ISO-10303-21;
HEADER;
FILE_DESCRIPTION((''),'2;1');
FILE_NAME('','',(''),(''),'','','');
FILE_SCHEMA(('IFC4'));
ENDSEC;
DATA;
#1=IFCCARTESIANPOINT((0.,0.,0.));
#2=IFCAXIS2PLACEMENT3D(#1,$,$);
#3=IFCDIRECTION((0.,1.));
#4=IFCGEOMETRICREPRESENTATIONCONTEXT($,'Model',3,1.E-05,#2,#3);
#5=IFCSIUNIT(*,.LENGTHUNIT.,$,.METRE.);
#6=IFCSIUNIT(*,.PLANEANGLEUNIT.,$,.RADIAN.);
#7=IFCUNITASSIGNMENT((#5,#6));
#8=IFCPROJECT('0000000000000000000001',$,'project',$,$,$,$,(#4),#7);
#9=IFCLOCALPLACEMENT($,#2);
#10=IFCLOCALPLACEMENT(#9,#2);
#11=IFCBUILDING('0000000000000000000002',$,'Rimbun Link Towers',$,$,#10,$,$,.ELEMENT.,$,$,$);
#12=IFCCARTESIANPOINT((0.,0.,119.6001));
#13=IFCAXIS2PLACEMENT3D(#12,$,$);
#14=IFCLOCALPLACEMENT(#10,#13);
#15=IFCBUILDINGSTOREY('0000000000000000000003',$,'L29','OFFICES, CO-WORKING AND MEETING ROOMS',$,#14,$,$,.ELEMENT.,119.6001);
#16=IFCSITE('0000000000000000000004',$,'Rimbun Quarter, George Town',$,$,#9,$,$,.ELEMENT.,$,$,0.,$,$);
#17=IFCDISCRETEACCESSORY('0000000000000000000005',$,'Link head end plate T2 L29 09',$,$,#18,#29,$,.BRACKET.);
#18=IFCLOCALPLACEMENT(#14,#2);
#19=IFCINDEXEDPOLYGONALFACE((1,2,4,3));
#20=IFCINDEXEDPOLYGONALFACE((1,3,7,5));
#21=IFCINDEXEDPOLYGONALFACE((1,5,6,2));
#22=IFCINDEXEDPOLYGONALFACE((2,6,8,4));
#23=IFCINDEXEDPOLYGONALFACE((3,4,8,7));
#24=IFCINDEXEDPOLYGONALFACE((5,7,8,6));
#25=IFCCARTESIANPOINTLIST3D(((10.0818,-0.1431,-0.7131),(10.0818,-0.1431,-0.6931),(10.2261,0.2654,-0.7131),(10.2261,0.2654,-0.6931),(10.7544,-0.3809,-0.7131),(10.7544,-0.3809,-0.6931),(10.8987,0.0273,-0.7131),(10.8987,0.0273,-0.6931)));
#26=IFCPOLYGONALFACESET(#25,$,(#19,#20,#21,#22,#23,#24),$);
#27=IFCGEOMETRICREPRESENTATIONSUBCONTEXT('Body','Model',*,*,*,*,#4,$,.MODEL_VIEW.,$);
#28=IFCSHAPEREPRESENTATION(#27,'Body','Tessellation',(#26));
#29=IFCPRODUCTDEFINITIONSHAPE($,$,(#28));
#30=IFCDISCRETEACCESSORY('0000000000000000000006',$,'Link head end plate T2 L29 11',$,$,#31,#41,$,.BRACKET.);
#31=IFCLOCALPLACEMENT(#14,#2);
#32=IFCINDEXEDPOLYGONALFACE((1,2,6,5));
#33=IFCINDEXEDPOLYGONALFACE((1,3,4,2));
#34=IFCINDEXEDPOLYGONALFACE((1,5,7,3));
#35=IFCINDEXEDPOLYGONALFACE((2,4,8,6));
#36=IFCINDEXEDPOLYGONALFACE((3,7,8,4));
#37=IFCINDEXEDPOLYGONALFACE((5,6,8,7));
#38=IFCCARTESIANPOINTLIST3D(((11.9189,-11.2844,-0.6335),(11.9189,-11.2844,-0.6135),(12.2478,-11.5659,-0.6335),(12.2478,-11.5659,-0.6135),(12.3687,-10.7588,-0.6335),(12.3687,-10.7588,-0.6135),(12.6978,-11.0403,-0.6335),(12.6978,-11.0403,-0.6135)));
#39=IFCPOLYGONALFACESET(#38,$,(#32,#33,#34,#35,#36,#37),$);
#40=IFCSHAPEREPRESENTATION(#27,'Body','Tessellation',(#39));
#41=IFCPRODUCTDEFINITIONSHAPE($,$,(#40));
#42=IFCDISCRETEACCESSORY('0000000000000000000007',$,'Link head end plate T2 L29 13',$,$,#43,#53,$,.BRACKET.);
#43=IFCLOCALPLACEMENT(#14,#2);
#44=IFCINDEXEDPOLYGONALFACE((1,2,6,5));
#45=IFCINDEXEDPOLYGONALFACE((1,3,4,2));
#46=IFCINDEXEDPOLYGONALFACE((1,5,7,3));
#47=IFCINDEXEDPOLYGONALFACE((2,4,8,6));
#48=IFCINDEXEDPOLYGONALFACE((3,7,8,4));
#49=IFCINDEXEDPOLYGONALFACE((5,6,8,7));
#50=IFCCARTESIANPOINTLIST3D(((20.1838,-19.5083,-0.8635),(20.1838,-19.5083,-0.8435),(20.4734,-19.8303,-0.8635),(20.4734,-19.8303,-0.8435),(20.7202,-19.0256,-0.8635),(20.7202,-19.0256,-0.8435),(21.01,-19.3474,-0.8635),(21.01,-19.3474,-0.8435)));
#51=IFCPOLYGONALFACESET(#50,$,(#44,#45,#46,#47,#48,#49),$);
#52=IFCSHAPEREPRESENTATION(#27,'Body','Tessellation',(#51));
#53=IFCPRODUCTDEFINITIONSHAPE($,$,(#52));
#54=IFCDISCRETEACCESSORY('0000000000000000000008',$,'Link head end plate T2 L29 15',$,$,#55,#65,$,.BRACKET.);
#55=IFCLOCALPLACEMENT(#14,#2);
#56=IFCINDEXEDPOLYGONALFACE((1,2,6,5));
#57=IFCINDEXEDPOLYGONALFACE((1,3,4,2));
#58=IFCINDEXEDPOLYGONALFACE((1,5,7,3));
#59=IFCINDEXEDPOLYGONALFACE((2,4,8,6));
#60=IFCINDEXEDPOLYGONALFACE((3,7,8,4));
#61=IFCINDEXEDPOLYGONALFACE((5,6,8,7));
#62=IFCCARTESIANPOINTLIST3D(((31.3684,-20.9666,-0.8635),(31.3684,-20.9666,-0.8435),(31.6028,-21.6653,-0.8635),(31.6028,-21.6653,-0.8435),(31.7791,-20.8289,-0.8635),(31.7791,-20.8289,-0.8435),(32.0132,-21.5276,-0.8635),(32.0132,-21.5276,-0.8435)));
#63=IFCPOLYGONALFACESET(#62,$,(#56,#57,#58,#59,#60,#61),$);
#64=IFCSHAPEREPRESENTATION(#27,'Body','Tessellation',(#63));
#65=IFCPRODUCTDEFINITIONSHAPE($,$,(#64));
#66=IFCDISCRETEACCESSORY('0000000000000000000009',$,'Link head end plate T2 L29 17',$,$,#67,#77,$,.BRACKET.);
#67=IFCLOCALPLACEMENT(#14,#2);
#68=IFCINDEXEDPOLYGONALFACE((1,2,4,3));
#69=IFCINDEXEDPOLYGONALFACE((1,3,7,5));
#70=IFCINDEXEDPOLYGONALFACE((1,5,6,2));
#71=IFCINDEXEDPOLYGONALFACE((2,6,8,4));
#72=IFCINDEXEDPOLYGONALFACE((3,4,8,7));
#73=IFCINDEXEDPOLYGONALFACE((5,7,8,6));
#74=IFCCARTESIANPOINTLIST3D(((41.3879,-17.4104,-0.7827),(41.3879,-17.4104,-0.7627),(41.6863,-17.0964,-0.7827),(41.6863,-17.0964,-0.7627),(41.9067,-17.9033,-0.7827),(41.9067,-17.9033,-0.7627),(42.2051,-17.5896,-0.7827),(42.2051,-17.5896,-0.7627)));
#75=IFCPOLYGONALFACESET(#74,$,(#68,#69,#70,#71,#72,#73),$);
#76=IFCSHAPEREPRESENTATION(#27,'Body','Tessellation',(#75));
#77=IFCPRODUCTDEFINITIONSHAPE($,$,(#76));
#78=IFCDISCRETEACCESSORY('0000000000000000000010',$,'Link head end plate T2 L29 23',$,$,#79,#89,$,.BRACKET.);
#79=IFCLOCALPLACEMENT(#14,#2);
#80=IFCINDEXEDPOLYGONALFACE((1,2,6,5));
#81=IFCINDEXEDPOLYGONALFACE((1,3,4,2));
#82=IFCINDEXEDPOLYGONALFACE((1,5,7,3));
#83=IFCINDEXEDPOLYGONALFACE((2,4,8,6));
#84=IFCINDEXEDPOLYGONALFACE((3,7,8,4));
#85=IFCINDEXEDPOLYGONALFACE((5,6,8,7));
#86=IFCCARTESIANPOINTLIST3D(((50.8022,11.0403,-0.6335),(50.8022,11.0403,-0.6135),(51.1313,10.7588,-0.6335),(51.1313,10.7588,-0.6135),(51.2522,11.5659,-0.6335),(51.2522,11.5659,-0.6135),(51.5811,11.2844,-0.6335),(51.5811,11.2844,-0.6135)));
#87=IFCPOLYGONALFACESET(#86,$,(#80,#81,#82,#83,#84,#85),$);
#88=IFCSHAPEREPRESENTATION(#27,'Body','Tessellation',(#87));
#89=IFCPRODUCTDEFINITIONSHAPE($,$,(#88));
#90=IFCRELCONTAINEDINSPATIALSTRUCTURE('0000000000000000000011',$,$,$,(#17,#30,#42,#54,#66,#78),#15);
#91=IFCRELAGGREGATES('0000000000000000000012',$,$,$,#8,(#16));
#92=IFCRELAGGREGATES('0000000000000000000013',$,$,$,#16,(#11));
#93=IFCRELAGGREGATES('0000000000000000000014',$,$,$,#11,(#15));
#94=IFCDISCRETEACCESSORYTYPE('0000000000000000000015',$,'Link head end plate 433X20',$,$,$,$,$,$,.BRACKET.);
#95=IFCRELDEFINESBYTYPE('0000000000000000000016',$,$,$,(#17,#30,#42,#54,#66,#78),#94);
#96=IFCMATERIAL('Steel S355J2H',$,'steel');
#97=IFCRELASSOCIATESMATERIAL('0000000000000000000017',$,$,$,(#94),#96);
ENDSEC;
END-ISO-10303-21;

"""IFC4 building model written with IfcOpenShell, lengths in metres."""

from ifc_helpers import new_model, si_unit, direction, frame, origin, origin_2d, place, context, subcontext, project, spatial, polyline, rectangle, outline, extrude, material, material_profile, profile_set, type_object, element, save


model = new_model("IFC4")

# Units and contexts
model_context = context("Model", 3, precision=1e-05, world=origin(), true_north=direction((0.0, 1.0)))
body_context = subcontext(model_context, "Body", "Model", "MODEL_VIEW")
ifc_project = project(units=[si_unit("LENGTHUNIT", "METRE"), si_unit("PLANEANGLEUNIT", "RADIAN")], contexts=[model_context])

# Site, building, storey
site_placement = place(None, origin())
site = spatial("IfcSite", under=ifc_project, at=site_placement, Name="Rimbun Quarter, George Town", CompositionType="ELEMENT", RefElevation=0.0)
building_placement = place(site_placement, origin())
building = spatial("IfcBuilding", under=site, at=building_placement, Name="Rimbun Link Towers", CompositionType="ELEMENT")
storey_placement = place(building_placement, frame((0.0, 0.0, 119.6001)))
storey = spatial("IfcBuildingStorey", under=building, at=storey_placement, Name="L29", Description="OFFICES, CO-WORKING AND MEETING ROOMS", CompositionType="ELEMENT", Elevation=119.6001)

# Discrete accessories
ifc_material_1 = material(Name="Steel S355J2H", Category="steel")
ifc_material_profile_1 = material_profile(ifc_material_1, rectangle(XDim=0.4331, YDim=0.4331, at=origin_2d()), Name="PL 433x433")
ifc_profile_set_1 = profile_set([ifc_material_profile_1], Name="Steel S355J2H")
discrete_accessory_type_1 = type_object("IfcDiscreteAccessoryType", Name="Link head end plate 433X20", PredefinedType="BRACKET", material=ifc_profile_set_1)
discrete_accessory_1_placement = place(storey_placement, frame((0.0, 0.0, -0.7131)))
element("IfcDiscreteAccessory", 1, at=discrete_accessory_1_placement, inside=storey, type_object=discrete_accessory_type_1, Name="Link head end plate T2 L29 09", PredefinedType="BRACKET", context=body_context, shape_type="SweptSolid", body=[
    extrude(outline(polyline([(10.8987, 0.0273), (10.2261, 0.2654), (10.0818, -0.1431), (10.7544, -0.3809), (10.8987, 0.0273)])), origin(), (0.0, 0.0, 1.0), 0.02),
])
discrete_accessory_2_placement = place(storey_placement, frame((0.0, 0.0, -0.6335)))
element("IfcDiscreteAccessory", 2, at=discrete_accessory_2_placement, inside=storey, type_object=discrete_accessory_type_1, Name="Link head end plate T2 L29 11", PredefinedType="BRACKET", context=body_context, shape_type="SweptSolid", body=[
    extrude(outline(polyline([(12.3687, -10.7588), (11.9189, -11.2844), (12.2478, -11.5659), (12.6978, -11.0403), (12.3687, -10.7588)])), origin(), (0.0, 0.0, 1.0), 0.02),
])
discrete_accessory_3_placement = place(storey_placement, frame((0.0, 0.0, -0.8635)))
element("IfcDiscreteAccessory", 3, at=discrete_accessory_3_placement, inside=storey, type_object=discrete_accessory_type_1, Name="Link head end plate T2 L29 13", PredefinedType="BRACKET", context=body_context, shape_type="SweptSolid", body=[
    extrude(outline(polyline([(20.7202, -19.0256), (20.1838, -19.5083), (20.4734, -19.8303), (21.01, -19.3474), (20.7202, -19.0256)])), origin(), (0.0, 0.0, 1.0), 0.02),
])
discrete_accessory_4_placement = place(storey_placement, frame((0.0, 0.0, -0.8635)))
element("IfcDiscreteAccessory", 4, at=discrete_accessory_4_placement, inside=storey, type_object=discrete_accessory_type_1, Name="Link head end plate T2 L29 15", PredefinedType="BRACKET", context=body_context, shape_type="SweptSolid", body=[
    extrude(outline(polyline([(31.3684, -20.9666), (31.6028, -21.6653), (32.0132, -21.5276), (31.7791, -20.8289), (31.3684, -20.9666)])), origin(), (0.0, 0.0, 1.0), 0.02),
])
discrete_accessory_5_placement = place(storey_placement, frame((0.0, 0.0, -0.7827)))
element("IfcDiscreteAccessory", 5, at=discrete_accessory_5_placement, inside=storey, type_object=discrete_accessory_type_1, Name="Link head end plate T2 L29 17", PredefinedType="BRACKET", context=body_context, shape_type="SweptSolid", body=[
    extrude(outline(polyline([(41.3879, -17.4104), (41.9067, -17.9033), (42.2051, -17.5896), (41.6863, -17.0964), (41.3879, -17.4104)])), origin(), (0.0, 0.0, 1.0), 0.02),
])
discrete_accessory_6_placement = place(storey_placement, frame((0.0, 0.0, -0.6335)))
element("IfcDiscreteAccessory", 6, at=discrete_accessory_6_placement, inside=storey, type_object=discrete_accessory_type_1, Name="Link head end plate T2 L29 23", PredefinedType="BRACKET", context=body_context, shape_type="SweptSolid", body=[
    extrude(outline(polyline([(51.1313, 10.7588), (51.5811, 11.2844), (51.2522, 11.5659), (50.8022, 11.0403), (51.1313, 10.7588)])), origin(), (0.0, 0.0, 1.0), 0.02),
])

save(model, "model.ifc")
